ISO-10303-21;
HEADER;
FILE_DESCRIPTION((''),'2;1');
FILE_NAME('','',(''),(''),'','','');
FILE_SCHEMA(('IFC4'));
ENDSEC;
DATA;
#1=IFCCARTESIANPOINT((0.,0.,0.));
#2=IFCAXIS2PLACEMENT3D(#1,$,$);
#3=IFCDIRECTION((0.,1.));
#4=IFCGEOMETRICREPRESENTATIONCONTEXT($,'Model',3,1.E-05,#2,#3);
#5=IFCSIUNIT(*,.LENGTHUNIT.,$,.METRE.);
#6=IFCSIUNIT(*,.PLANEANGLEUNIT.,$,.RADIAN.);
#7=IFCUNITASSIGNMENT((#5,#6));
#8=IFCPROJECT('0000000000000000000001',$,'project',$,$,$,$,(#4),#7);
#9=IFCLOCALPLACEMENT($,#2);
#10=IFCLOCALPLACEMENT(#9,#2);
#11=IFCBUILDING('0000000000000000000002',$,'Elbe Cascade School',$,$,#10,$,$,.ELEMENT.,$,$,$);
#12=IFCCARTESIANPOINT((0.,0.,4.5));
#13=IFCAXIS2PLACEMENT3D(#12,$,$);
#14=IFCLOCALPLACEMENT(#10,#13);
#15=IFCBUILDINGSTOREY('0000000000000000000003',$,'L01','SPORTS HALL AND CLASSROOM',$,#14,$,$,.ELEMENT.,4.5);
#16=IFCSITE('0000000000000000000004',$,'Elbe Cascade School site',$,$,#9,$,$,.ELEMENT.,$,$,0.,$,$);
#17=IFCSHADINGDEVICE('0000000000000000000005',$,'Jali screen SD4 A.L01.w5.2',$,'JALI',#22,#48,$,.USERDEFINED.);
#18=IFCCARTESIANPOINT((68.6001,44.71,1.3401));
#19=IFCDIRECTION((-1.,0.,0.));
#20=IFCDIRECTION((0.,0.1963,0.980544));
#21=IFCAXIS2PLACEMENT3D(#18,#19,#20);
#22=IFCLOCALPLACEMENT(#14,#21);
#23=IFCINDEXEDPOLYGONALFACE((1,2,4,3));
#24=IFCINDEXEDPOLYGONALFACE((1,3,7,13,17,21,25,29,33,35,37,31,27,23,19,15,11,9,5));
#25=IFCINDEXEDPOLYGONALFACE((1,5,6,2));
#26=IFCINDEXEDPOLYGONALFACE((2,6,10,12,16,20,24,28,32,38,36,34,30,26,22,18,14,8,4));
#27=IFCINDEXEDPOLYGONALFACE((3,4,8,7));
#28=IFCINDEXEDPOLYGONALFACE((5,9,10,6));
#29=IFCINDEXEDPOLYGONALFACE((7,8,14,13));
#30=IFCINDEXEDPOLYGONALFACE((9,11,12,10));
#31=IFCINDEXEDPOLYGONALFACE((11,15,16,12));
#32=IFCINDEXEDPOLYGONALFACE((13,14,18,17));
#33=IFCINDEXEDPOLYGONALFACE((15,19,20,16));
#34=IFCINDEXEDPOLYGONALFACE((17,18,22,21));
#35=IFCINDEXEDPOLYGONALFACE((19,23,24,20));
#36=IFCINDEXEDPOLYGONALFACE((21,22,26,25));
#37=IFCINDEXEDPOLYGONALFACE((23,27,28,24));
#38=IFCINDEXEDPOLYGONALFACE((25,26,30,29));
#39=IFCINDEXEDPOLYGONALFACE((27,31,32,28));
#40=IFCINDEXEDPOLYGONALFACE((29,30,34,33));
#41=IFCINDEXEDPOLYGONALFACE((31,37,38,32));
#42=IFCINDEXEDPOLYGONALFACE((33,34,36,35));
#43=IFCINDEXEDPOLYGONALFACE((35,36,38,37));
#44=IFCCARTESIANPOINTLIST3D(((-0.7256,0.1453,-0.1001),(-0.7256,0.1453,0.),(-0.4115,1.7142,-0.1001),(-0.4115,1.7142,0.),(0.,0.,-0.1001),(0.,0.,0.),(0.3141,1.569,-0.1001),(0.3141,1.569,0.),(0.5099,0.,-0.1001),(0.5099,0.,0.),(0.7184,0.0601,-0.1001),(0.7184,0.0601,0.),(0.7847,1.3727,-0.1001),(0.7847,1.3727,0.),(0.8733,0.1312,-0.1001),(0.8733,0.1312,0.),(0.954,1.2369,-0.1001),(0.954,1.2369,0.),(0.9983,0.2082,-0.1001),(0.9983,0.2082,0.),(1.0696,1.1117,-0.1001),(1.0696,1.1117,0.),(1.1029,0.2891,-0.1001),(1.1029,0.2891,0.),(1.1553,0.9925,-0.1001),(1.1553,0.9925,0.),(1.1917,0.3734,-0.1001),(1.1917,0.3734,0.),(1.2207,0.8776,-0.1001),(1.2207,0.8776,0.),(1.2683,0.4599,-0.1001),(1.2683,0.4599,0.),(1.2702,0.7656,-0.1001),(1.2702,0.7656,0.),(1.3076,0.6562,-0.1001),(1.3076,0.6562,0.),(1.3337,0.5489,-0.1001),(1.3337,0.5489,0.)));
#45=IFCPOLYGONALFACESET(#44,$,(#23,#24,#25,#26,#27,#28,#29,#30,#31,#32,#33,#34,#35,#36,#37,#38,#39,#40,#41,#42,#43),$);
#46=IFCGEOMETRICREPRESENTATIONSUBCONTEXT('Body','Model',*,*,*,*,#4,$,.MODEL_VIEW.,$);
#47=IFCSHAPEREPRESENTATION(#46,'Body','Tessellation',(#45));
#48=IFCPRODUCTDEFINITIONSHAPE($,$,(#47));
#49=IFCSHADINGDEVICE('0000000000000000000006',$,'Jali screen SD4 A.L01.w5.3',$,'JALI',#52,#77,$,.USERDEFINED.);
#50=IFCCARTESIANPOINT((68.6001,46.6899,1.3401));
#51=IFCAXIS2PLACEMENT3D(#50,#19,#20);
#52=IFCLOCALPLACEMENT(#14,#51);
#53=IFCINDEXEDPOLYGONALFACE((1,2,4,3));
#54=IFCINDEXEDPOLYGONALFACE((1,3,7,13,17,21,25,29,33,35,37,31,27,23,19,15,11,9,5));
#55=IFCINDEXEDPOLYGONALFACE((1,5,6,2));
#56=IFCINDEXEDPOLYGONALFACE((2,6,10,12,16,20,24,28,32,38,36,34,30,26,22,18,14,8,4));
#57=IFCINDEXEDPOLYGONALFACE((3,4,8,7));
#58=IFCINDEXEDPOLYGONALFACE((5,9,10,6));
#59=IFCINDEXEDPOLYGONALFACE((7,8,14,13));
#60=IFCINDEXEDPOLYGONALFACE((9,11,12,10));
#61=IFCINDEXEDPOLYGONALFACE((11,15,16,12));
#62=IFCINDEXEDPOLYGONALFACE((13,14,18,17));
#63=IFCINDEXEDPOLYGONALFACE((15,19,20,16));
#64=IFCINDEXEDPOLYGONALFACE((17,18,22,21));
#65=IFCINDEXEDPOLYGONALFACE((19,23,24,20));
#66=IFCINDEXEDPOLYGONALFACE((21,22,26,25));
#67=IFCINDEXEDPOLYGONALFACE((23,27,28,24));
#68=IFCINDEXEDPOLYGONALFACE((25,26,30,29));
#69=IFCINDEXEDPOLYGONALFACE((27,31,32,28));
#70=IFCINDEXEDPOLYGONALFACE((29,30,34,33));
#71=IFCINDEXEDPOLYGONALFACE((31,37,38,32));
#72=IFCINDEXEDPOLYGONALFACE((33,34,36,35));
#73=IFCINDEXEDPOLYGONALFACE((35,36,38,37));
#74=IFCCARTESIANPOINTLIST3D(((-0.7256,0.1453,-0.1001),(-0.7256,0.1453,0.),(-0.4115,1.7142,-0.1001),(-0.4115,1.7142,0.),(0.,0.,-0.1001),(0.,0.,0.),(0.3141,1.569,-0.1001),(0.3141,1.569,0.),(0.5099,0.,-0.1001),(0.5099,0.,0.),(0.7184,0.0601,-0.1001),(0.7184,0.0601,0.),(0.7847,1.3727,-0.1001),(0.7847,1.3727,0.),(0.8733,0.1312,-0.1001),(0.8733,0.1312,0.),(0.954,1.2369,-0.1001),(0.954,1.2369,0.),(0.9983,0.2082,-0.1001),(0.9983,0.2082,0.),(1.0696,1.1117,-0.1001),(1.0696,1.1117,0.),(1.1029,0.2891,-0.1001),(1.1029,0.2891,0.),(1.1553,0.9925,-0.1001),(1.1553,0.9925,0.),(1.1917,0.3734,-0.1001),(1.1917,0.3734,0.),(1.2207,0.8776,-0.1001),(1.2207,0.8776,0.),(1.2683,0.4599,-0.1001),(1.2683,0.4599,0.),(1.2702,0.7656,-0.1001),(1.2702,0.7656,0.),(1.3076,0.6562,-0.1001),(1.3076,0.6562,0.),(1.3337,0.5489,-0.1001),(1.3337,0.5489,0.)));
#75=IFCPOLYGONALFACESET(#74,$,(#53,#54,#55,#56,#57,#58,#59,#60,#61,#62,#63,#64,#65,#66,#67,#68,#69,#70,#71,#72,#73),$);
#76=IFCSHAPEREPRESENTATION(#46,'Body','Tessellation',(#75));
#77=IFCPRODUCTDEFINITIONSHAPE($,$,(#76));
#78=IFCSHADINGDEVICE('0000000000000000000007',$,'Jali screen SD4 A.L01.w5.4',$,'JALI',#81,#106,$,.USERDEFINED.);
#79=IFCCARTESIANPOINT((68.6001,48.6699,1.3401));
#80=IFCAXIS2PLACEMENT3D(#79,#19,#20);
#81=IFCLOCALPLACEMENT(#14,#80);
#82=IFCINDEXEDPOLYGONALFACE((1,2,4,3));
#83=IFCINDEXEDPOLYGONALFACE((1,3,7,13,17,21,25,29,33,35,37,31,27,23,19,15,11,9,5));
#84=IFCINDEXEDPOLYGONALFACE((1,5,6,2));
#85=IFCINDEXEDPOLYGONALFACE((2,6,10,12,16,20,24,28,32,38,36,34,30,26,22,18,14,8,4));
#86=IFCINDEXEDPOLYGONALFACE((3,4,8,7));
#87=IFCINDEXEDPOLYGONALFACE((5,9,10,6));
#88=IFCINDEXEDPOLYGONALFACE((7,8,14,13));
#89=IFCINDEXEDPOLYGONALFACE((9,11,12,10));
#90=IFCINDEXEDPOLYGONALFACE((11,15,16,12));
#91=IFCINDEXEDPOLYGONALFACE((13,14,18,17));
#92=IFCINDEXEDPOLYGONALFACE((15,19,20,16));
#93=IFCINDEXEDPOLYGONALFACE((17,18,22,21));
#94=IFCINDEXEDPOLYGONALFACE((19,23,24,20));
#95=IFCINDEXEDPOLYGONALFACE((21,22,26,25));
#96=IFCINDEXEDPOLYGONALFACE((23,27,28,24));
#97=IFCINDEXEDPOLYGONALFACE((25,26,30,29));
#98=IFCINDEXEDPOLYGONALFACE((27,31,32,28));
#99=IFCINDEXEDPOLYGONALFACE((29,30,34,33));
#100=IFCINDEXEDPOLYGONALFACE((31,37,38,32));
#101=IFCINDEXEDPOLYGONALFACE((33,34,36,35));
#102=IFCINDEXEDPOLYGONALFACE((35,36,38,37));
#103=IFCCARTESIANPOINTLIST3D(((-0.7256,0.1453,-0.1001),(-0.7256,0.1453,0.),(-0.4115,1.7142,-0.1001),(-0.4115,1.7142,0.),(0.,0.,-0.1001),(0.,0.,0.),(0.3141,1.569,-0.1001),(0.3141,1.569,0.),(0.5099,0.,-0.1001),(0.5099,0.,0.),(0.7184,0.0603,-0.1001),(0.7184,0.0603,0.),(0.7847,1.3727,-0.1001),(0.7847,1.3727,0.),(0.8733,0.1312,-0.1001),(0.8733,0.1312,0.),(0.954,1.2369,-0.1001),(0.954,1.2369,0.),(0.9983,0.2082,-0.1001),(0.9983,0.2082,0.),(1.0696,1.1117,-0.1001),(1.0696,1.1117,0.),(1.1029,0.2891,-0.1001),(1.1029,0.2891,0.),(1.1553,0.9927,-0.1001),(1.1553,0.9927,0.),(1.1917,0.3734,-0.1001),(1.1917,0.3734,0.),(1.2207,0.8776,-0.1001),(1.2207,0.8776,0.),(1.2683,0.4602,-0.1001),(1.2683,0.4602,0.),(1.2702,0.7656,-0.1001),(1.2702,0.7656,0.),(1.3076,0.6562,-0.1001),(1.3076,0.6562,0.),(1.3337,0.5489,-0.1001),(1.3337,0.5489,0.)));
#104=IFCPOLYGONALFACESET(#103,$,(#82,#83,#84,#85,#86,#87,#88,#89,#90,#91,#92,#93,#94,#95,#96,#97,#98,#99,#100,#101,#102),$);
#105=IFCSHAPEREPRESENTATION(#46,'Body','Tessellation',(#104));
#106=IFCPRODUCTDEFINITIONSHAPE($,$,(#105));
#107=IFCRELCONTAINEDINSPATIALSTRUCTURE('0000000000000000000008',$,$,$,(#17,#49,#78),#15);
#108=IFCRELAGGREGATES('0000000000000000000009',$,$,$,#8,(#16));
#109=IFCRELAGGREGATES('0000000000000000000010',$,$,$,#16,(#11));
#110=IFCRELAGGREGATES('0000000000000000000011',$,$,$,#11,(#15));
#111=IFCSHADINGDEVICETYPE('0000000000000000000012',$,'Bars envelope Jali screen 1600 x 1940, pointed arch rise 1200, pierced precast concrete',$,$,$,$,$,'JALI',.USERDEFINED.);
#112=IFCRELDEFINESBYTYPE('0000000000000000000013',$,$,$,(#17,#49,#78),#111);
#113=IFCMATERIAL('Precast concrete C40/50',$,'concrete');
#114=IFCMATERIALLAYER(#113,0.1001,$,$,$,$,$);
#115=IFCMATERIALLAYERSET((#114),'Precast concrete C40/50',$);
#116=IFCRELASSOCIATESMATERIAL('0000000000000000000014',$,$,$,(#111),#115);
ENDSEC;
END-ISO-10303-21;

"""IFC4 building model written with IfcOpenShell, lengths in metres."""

from ifc_helpers import new_model, si_unit, direction, frame, origin, place, context, subcontext, project, spatial, polyline, outline, extrude, material, layer, layer_set, type_object, element, save


model = new_model("IFC4")

# Units and contexts
model_context = context("Model", 3, precision=1e-05, world=origin(), true_north=direction((0.0, 1.0)))
body_context = subcontext(model_context, "Body", "Model", "MODEL_VIEW")
ifc_project = project(units=[si_unit("LENGTHUNIT", "METRE"), si_unit("PLANEANGLEUNIT", "RADIAN")], contexts=[model_context])

# Site, building, storey
site_placement = place(None, origin())
site = spatial("IfcSite", under=ifc_project, at=site_placement, Name="Elbe Cascade School site", CompositionType="ELEMENT", RefElevation=0.0)
building_placement = place(site_placement, origin())
building = spatial("IfcBuilding", under=site, at=building_placement, Name="Elbe Cascade School", CompositionType="ELEMENT")
storey_placement = place(building_placement, frame((0.0, 0.0, 4.5)))
storey = spatial("IfcBuildingStorey", under=building, at=storey_placement, Name="L01", Description="SPORTS HALL AND CLASSROOM", CompositionType="ELEMENT", Elevation=4.5)

# Shading devices
ifc_material_1 = material(Name="Precast concrete C40/50", Category="concrete")
ifc_layer_1 = layer(ifc_material_1, 0.1001)
ifc_layer_set_1 = layer_set([ifc_layer_1], Name="Precast concrete C40/50")
shading_device_type = type_object("IfcShadingDeviceType", Name="Bars envelope Jali screen 1600 x 1940, pointed arch rise 1200, pierced precast concrete", ElementType="JALI", PredefinedType="USERDEFINED", material=ifc_layer_set_1)
for number, where, z_axis, x_axis, name in (
    (1, (68.6001, 44.71, 1.3401), (-1.0, 0.0, 0.0), (0.0, 0.1963, 0.980544), "Jali screen SD4 A.L01.w5.2"),
    (2, (68.6001, 46.6899, 1.3401), (-1.0, 0.0, 0.0), (0.0, 0.1963, 0.980544), "Jali screen SD4 A.L01.w5.3"),
):
    element("IfcShadingDevice", number, at=place(storey_placement, frame(where, z_axis=z_axis, x_axis=x_axis)), inside=storey, type_object=shading_device_type, Name=name, ObjectType="JALI", PredefinedType="USERDEFINED", context=body_context, shape_type="SweptSolid", body=[
        extrude(outline(polyline([(0.0, 0.0), (0.5099, 0.0), (0.7184, 0.0601), (0.8733, 0.1312), (0.9983, 0.2082), (1.1029, 0.2891), (1.1917, 0.3734), (1.2683, 0.4599), (1.3337, 0.5489), (1.3076, 0.6562), (1.2702, 0.7656), (1.2207, 0.8776), (1.1553, 0.9925), (1.0696, 1.1117), (0.954, 1.2369), (0.7847, 1.3727), (0.3141, 1.569), (-0.4115, 1.7142), (-0.7256, 0.1453), (0.0, 0.0)])), origin(), (0.0, 0.0, -1.0), 0.1001),
    ])
shading_device_placement = place(storey_placement, frame((68.6001, 48.6699, 1.3401), z_axis=(-1.0, 0.0, 0.0), x_axis=(0.0, 0.1963, 0.980544)))
element("IfcShadingDevice", 3, at=shading_device_placement, inside=storey, type_object=shading_device_type, Name="Jali screen SD4 A.L01.w5.4", ObjectType="JALI", PredefinedType="USERDEFINED", context=body_context, shape_type="SweptSolid", body=[
    extrude(outline(polyline([(0.0, 0.0), (0.5099, 0.0), (0.7184, 0.0603), (0.8733, 0.1312), (0.9983, 0.2082), (1.1029, 0.2891), (1.1917, 0.3734), (1.2683, 0.4602), (1.3337, 0.5489), (1.3076, 0.6562), (1.2702, 0.7656), (1.2207, 0.8776), (1.1553, 0.9927), (1.0696, 1.1117), (0.954, 1.2369), (0.7847, 1.3727), (0.3141, 1.569), (-0.4115, 1.7142), (-0.7256, 0.1453), (0.0, 0.0)])), origin(), (0.0, 0.0, -1.0), 0.1001),
])

save(model, "model.ifc")
